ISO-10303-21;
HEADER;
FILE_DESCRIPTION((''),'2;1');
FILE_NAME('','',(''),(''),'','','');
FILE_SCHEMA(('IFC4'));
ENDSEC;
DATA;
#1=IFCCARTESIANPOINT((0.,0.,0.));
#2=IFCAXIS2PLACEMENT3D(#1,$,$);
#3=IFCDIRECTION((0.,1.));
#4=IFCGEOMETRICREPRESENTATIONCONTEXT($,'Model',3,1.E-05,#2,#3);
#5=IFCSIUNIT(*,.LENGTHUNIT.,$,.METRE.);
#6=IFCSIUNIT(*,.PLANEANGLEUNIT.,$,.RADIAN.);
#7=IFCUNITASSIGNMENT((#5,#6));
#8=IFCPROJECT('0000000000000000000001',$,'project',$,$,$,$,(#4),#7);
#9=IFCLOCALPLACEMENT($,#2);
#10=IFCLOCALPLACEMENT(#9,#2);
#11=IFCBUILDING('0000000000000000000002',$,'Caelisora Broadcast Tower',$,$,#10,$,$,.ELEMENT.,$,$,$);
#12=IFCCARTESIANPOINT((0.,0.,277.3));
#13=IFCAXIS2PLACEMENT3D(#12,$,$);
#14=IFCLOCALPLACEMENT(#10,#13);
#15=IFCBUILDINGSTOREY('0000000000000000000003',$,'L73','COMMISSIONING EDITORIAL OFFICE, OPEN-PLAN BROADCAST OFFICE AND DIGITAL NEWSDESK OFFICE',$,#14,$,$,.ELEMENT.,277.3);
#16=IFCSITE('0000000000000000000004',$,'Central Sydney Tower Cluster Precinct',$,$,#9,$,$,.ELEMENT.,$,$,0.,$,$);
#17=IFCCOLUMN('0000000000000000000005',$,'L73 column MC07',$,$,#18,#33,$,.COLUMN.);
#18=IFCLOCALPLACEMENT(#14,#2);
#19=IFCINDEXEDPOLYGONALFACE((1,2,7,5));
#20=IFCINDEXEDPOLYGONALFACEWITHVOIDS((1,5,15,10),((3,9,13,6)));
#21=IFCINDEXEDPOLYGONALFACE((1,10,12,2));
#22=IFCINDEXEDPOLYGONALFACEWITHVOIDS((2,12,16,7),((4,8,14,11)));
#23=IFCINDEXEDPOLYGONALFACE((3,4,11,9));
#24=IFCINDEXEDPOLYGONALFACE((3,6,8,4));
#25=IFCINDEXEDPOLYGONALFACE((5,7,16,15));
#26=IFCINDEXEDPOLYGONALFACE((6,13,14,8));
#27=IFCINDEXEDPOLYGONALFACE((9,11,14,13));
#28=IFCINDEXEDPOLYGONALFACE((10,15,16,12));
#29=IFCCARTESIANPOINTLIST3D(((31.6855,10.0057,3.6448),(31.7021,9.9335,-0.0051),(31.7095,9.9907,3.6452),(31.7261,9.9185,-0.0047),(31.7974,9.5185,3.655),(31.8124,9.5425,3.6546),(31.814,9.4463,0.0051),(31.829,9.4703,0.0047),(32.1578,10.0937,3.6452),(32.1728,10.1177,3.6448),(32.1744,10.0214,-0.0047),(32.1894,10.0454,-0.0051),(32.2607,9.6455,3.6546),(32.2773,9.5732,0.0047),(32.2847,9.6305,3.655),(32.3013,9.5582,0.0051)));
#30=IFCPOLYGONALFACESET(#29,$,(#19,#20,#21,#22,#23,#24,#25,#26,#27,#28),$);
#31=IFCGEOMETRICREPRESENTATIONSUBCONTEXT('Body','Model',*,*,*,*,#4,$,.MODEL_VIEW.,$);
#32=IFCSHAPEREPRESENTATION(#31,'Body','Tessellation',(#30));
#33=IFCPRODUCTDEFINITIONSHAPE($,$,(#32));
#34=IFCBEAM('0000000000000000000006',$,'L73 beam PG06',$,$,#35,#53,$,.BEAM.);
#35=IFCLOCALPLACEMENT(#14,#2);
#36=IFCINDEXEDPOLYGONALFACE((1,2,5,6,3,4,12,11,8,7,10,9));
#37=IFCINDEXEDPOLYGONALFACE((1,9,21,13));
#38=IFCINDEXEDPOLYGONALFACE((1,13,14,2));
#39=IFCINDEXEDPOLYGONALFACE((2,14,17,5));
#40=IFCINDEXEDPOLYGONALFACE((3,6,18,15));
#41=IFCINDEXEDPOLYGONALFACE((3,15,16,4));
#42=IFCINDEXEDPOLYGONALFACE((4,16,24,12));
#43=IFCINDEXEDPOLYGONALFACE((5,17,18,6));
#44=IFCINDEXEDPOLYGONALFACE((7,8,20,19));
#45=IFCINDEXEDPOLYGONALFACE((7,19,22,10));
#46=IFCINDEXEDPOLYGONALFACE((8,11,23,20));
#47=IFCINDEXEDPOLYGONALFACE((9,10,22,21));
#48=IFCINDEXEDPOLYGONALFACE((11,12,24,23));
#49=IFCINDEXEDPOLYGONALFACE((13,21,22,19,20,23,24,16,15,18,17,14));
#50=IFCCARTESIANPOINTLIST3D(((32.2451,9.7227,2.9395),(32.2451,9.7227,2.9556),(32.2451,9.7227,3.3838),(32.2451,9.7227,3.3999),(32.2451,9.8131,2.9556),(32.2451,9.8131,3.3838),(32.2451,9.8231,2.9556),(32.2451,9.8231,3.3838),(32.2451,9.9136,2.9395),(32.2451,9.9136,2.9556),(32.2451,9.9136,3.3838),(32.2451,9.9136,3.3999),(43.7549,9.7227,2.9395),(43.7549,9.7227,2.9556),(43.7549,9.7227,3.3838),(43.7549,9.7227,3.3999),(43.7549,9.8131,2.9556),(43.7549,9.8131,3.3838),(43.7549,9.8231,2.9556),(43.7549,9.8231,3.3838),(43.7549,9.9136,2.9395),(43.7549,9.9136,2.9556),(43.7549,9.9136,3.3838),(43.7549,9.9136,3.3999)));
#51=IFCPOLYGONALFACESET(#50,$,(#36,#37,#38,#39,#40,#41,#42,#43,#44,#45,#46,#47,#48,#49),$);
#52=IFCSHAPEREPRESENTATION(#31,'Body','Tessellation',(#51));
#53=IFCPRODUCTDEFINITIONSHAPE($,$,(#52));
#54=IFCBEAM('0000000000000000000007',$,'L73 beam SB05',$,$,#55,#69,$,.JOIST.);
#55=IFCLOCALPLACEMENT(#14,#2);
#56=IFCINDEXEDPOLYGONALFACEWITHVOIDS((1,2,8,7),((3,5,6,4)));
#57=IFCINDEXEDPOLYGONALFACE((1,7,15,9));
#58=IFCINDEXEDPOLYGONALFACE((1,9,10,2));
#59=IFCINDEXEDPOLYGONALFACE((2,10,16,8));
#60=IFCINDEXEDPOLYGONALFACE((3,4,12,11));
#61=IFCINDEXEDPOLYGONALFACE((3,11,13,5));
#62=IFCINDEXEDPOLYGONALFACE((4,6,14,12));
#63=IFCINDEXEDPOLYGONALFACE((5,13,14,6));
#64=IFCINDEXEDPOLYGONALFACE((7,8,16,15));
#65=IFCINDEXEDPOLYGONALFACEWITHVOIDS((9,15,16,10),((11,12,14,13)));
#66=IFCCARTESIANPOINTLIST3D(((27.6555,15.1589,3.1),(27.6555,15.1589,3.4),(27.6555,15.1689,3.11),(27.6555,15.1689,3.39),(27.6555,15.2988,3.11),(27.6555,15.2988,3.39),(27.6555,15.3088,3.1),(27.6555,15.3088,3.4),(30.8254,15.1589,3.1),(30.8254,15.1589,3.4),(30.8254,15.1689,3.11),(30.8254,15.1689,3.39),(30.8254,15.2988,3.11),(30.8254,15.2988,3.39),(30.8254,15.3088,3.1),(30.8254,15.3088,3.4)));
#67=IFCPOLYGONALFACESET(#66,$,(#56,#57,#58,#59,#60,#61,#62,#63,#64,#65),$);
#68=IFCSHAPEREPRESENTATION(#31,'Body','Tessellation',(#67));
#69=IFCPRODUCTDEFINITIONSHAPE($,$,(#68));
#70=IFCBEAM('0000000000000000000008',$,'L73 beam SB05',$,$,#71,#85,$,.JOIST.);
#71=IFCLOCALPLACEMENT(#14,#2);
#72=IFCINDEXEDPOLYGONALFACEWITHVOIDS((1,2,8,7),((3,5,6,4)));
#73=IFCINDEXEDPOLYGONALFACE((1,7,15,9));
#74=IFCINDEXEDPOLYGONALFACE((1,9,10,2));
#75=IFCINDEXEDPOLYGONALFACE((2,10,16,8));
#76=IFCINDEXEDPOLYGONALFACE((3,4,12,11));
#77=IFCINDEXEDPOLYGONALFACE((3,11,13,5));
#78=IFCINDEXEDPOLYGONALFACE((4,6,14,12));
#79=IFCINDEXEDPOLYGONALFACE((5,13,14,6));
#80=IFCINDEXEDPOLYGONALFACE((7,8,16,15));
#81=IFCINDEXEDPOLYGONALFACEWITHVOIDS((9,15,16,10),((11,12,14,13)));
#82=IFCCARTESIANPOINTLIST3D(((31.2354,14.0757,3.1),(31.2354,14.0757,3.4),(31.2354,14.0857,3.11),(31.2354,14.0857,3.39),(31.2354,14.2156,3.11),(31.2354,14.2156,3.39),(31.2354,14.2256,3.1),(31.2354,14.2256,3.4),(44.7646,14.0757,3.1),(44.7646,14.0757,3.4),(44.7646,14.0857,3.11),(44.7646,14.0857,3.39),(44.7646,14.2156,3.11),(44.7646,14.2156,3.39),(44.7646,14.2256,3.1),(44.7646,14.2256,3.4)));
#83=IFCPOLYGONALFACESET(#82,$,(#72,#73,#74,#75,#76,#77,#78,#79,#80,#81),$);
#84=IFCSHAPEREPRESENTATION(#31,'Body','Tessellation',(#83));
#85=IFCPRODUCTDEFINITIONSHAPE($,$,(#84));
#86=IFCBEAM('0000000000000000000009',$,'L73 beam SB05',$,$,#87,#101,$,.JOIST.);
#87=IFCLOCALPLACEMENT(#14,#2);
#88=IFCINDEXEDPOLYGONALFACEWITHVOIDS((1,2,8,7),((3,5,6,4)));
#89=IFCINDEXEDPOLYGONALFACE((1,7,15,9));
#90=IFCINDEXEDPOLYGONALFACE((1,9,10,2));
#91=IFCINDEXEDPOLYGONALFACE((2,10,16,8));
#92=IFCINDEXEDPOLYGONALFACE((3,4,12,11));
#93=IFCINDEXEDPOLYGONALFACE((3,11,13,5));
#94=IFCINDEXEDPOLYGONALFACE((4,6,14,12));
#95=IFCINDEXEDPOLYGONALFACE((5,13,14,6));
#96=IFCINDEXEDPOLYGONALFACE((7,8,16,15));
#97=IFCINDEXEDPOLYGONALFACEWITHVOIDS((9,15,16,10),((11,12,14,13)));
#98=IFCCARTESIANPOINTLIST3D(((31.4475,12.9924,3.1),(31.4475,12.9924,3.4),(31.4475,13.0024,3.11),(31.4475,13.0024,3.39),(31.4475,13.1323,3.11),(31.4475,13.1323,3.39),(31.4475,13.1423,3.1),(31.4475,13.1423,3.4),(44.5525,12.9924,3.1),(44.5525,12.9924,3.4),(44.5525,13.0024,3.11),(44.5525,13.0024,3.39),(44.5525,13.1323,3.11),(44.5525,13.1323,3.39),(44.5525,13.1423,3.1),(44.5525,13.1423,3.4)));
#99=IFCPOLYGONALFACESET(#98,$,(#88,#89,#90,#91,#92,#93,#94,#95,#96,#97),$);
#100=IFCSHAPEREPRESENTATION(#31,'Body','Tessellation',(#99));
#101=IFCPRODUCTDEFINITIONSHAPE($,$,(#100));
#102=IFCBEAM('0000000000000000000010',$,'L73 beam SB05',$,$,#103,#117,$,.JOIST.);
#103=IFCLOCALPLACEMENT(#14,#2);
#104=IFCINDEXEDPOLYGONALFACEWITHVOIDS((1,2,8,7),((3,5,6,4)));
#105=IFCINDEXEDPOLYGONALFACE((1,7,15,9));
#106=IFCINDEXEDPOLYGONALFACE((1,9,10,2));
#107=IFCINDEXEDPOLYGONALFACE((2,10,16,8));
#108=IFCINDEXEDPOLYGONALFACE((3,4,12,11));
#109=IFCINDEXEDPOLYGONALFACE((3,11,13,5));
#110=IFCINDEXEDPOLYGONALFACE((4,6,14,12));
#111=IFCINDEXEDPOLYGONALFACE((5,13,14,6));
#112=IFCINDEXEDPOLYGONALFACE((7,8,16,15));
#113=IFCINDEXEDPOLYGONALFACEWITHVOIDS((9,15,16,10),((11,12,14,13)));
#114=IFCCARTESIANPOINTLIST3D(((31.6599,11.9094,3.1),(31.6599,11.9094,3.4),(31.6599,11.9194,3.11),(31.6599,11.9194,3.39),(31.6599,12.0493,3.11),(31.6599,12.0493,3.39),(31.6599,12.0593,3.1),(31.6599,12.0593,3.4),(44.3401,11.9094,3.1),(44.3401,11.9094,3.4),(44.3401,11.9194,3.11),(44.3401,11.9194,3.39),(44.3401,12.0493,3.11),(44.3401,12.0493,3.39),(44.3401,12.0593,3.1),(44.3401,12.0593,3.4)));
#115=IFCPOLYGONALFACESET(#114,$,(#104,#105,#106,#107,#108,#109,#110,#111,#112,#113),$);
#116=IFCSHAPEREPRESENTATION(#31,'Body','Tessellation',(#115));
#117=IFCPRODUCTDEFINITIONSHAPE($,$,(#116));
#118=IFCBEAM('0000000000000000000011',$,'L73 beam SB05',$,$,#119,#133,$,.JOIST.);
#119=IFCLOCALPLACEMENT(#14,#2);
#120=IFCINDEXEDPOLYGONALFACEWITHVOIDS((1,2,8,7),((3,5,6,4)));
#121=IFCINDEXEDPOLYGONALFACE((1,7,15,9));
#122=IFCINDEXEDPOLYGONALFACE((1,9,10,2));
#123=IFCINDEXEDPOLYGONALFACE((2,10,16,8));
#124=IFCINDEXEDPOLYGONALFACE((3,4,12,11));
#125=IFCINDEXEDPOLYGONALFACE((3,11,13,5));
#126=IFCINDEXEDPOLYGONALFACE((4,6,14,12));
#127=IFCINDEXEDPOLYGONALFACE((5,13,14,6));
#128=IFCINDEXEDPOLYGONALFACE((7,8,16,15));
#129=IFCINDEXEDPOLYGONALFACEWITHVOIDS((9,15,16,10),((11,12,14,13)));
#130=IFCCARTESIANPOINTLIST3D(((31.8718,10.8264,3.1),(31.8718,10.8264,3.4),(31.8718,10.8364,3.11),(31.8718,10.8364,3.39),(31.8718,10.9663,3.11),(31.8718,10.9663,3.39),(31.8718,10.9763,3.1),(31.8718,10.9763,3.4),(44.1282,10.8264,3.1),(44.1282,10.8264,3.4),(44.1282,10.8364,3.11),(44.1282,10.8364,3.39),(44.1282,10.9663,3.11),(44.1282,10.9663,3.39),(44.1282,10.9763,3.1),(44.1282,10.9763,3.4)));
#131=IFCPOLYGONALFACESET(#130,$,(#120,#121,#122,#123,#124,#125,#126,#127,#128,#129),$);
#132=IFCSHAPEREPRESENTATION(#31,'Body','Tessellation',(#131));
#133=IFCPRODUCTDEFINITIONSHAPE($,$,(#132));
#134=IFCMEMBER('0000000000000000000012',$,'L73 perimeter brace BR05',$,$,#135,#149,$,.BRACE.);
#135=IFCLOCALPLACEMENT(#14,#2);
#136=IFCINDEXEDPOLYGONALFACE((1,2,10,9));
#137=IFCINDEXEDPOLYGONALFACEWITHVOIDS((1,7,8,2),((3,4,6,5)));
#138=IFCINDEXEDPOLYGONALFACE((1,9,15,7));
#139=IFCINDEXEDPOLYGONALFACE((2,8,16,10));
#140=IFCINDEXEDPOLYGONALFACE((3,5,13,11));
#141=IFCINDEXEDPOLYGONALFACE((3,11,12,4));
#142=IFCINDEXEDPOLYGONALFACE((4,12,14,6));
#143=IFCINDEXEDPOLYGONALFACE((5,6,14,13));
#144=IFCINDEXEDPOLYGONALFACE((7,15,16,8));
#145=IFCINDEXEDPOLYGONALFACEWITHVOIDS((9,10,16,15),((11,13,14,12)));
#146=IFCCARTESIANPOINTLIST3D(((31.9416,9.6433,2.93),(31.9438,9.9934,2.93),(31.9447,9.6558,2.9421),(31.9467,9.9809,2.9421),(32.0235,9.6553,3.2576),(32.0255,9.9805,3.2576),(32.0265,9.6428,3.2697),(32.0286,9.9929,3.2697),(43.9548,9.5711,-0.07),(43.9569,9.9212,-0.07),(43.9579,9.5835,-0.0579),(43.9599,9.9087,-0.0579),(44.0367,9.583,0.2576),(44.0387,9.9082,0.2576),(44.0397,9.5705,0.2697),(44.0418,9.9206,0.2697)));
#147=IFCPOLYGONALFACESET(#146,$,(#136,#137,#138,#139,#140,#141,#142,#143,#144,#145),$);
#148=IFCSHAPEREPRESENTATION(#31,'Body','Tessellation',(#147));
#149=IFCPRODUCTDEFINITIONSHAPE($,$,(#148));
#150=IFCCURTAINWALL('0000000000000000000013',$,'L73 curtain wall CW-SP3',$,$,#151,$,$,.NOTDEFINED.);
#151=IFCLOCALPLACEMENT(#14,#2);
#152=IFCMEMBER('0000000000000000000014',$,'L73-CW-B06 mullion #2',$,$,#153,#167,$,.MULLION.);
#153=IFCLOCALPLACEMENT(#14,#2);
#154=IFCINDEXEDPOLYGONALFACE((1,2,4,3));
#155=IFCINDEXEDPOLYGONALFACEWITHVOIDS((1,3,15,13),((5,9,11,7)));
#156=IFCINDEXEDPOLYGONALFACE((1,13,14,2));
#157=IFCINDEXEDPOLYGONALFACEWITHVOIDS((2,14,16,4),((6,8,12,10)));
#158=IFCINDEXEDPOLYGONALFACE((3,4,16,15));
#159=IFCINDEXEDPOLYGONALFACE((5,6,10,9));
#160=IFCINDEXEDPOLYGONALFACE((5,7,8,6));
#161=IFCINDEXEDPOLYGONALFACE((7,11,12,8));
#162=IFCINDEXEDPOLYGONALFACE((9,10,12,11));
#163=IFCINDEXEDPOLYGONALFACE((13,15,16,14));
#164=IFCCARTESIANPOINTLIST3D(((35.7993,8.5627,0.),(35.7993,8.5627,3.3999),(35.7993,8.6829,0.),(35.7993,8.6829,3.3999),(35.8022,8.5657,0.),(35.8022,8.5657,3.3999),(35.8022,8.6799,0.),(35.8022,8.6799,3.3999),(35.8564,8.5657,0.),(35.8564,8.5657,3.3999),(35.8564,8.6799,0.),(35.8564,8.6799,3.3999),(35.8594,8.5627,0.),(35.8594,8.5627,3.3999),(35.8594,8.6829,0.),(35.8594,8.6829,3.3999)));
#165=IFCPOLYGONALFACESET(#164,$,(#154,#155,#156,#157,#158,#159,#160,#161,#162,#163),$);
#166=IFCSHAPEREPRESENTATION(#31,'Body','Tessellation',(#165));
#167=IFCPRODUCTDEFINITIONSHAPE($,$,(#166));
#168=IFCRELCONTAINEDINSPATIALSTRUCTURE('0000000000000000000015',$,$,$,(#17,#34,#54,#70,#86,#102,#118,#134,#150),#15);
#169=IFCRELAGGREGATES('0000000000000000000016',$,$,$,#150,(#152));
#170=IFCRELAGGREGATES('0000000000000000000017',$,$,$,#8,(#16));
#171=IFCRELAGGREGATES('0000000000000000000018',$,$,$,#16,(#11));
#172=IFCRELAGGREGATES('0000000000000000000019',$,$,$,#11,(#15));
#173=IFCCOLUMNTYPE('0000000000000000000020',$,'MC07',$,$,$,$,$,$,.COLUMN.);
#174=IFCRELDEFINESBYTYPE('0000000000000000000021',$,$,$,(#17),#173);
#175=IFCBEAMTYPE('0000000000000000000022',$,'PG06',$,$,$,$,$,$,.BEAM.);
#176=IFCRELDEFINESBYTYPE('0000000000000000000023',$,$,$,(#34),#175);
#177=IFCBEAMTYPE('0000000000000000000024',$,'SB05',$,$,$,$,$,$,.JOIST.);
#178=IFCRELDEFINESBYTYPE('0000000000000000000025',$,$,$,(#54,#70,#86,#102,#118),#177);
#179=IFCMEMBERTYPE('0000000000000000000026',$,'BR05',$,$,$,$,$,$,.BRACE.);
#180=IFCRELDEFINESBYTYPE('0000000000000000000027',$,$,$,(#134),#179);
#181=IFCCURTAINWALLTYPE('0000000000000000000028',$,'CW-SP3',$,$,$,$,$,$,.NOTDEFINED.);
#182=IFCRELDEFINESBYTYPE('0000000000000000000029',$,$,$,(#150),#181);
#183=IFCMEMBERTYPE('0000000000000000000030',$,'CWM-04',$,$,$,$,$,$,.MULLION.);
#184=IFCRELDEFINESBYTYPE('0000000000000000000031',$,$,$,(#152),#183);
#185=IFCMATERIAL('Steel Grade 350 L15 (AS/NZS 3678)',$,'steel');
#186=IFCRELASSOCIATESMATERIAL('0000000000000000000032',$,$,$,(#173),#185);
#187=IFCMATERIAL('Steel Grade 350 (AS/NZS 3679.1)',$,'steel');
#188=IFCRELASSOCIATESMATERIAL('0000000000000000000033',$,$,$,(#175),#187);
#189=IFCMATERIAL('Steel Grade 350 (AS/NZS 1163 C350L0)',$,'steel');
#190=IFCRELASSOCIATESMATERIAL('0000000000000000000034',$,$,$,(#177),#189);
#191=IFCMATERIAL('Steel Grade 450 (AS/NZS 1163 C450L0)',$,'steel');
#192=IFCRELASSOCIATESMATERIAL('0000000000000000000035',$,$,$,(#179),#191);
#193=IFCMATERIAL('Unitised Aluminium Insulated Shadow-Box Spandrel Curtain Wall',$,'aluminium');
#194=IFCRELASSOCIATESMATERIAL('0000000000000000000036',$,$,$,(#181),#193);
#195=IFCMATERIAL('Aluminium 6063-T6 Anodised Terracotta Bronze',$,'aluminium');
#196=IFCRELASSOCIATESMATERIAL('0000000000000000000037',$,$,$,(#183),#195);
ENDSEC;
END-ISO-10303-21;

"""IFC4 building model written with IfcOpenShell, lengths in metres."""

from ifc_helpers import new_model, si_unit, direction, frame, origin, origin_2d, place, context, subcontext, project, spatial, hollow_rectangle, i_section, extrude, source, transform, mapped, material, material_profile, profile_set, type_object, type_shapes, element, aggregate, save


model = new_model("IFC4")

# Units and contexts
model_context = context("Model", 3, precision=1e-05, world=origin(), true_north=direction((0.0, 1.0)))
body_context = subcontext(model_context, "Body", "Model", "MODEL_VIEW")
ifc_project = project(units=[si_unit("LENGTHUNIT", "METRE"), si_unit("PLANEANGLEUNIT", "RADIAN")], contexts=[model_context])

# Site, building, storey
site_placement = place(None, origin())
site = spatial("IfcSite", under=ifc_project, at=site_placement, Name="Central Sydney Tower Cluster Precinct", CompositionType="ELEMENT", RefElevation=0.0)
building_placement = place(site_placement, origin())
building = spatial("IfcBuilding", under=site, at=building_placement, Name="Caelisora Broadcast Tower", CompositionType="ELEMENT")
storey_placement = place(building_placement, frame((0.0, 0.0, 277.3)))
storey = spatial("IfcBuildingStorey", under=building, at=storey_placement, Name="L73", Description="COMMISSIONING EDITORIAL OFFICE, OPEN-PLAN BROADCAST OFFICE AND DIGITAL NEWSDESK OFFICE", CompositionType="ELEMENT", Elevation=277.3)

# Column
ifc_material_1 = material(Name="Steel Grade 350 L15 (AS/NZS 3678)", Category="steel")
ifc_material_profile_1 = material_profile(ifc_material_1, hollow_rectangle(XDim=0.5, YDim=0.5, WallThickness=0.02, at=origin_2d()), Name="Steel Grade 350 L15 (AS/NZS 3678)")
ifc_profile_set_1 = profile_set([ifc_material_profile_1], Name="Steel Grade 350 L15 (AS/NZS 3678)")
column_type = type_object("IfcColumnType", Name="MC07", PredefinedType="COLUMN", material=ifc_profile_set_1)
shared_shape_1 = source(origin(), body_context, "Body", "SweptSolid", [
    extrude(hollow_rectangle(XDim=0.5, YDim=0.5, WallThickness=0.02, at=origin_2d()), origin(), (0.0, 0.0, 1.0), 3.6506),
])
type_shapes(column_type, [shared_shape_1])
column_placement = place(storey_placement, frame((32.0017, 9.7458, 0.0), z_axis=(-0.004548, 0.019795, 0.999794), x_axis=(-0.974613, -0.223898, 0.0)))
element("IfcColumn", 1, at=column_placement, inside=storey, type_object=column_type, Name="L73 column MC07", PredefinedType="COLUMN", context=body_context, shape_type="MappedRepresentation", body=[
    mapped(shared_shape_1, transform((0.0, 0.0, 0.0), scale=1.0)),
])

# Beams
ifc_material_2 = material(Name="Steel Grade 350 (AS/NZS 3679.1)", Category="steel")
ifc_material_profile_2 = material_profile(ifc_material_2, i_section(OverallWidth=0.1909, OverallDepth=0.4604, WebThickness=0.01, FlangeThickness=0.0161, at=origin_2d()), Name="Steel Grade 350 (AS/NZS 3679.1)")
ifc_profile_set_2 = profile_set([ifc_material_profile_2], Name="Steel Grade 350 (AS/NZS 3679.1)")
beam_type_1 = type_object("IfcBeamType", Name="PG06", PredefinedType="BEAM", material=ifc_profile_set_2)
shared_shape_2 = source(origin(), body_context, "Body", "SweptSolid", [
    extrude(i_section(OverallWidth=0.1909, OverallDepth=0.4604, WebThickness=0.01, FlangeThickness=0.0161, at=origin_2d()), origin(), (0.0, 0.0, 1.0), 11.5098),
])
type_shapes(beam_type_1, [shared_shape_2])
beam_1_placement = place(storey_placement, frame((32.2451, 9.8181, 3.1697), z_axis=(1.0, 0.0, 0.0), x_axis=(0.0, 1.0, 0.0)))
element("IfcBeam", 2, at=beam_1_placement, inside=storey, type_object=beam_type_1, Name="L73 beam PG06", PredefinedType="BEAM", context=body_context, shape_type="MappedRepresentation", body=[
    mapped(shared_shape_2, transform((0.0, 0.0, 0.0), scale=1.0)),
])
ifc_material_3 = material(Name="Steel Grade 350 (AS/NZS 1163 C350L0)", Category="steel")
ifc_material_profile_3 = material_profile(ifc_material_3, hollow_rectangle(XDim=0.1499, YDim=0.3, WallThickness=0.01, at=origin_2d()), Name="Steel Grade 350 (AS/NZS 1163 C350L0)")
ifc_profile_set_3 = profile_set([ifc_material_profile_3], Name="Steel Grade 350 (AS/NZS 1163 C350L0)")
beam_type_2 = type_object("IfcBeamType", Name="SB05", PredefinedType="JOIST", material=ifc_profile_set_3)
shared_shape_3 = source(origin(), body_context, "Body", "SweptSolid", [
    extrude(hollow_rectangle(XDim=0.1499, YDim=0.3, WallThickness=0.01, at=origin_2d()), origin(), (0.0, 0.0, 1.0), 3.1699),
])
beam_2_placement = place(storey_placement, frame((27.6555, 15.2339, 3.25), z_axis=(1.0, 0.0, 0.0), x_axis=(0.0, 1.0, 0.0)))
element("IfcBeam", 3, at=beam_2_placement, inside=storey, type_object=beam_type_2, Name="L73 beam SB05", PredefinedType="JOIST", context=body_context, shape_type="MappedRepresentation", body=[
    mapped(shared_shape_3, transform((0.0, 0.0, 0.0), scale=1.0)),
])
shared_shape_4 = source(origin(), body_context, "Body", "SweptSolid", [
    extrude(hollow_rectangle(XDim=0.1499, YDim=0.3, WallThickness=0.01, at=origin_2d()), origin(), (0.0, 0.0, 1.0), 13.5293),
])
beam_3_placement = place(storey_placement, frame((31.2354, 14.1506, 3.25), z_axis=(1.0, 0.0, 0.0), x_axis=(0.0, 1.0, 0.0)))
element("IfcBeam", 4, at=beam_3_placement, inside=storey, type_object=beam_type_2, Name="L73 beam SB05", PredefinedType="JOIST", context=body_context, shape_type="MappedRepresentation", body=[
    mapped(shared_shape_4, transform((0.0, 0.0, 0.0), scale=1.0)),
])
shared_shape_5 = source(origin(), body_context, "Body", "SweptSolid", [
    extrude(hollow_rectangle(XDim=0.1499, YDim=0.3, WallThickness=0.01, at=origin_2d()), origin(), (0.0, 0.0, 1.0), 13.105),
])
beam_4_placement = place(storey_placement, frame((31.4475, 13.0674, 3.25), z_axis=(1.0, 0.0, 0.0), x_axis=(0.0, 1.0, 0.0)))
element("IfcBeam", 5, at=beam_4_placement, inside=storey, type_object=beam_type_2, Name="L73 beam SB05", PredefinedType="JOIST", context=body_context, shape_type="MappedRepresentation", body=[
    mapped(shared_shape_5, transform((0.0, 0.0, 0.0), scale=1.0)),
])
shared_shape_6 = source(origin(), body_context, "Body", "SweptSolid", [
    extrude(hollow_rectangle(XDim=0.1499, YDim=0.3, WallThickness=0.01, at=origin_2d()), origin(), (0.0, 0.0, 1.0), 12.6802),
])
beam_5_placement = place(storey_placement, frame((31.6599, 11.9844, 3.25), z_axis=(1.0, 0.0, 0.0), x_axis=(0.0, 1.0, 0.0)))
element("IfcBeam", 6, at=beam_5_placement, inside=storey, type_object=beam_type_2, Name="L73 beam SB05", PredefinedType="JOIST", context=body_context, shape_type="MappedRepresentation", body=[
    mapped(shared_shape_6, transform((0.0, 0.0, 0.0), scale=1.0)),
])
shared_shape_7 = source(origin(), body_context, "Body", "SweptSolid", [
    extrude(hollow_rectangle(XDim=0.1499, YDim=0.3, WallThickness=0.01, at=origin_2d()), origin(), (0.0, 0.0, 1.0), 12.2563),
])
type_shapes(beam_type_2, [shared_shape_3, shared_shape_4, shared_shape_5, shared_shape_6, shared_shape_7])
beam_6_placement = place(storey_placement, frame((31.8718, 10.9014, 3.25), z_axis=(1.0, 0.0, 0.0), x_axis=(0.0, 1.0, 0.0)))
element("IfcBeam", 7, at=beam_6_placement, inside=storey, type_object=beam_type_2, Name="L73 beam SB05", PredefinedType="JOIST", context=body_context, shape_type="MappedRepresentation", body=[
    mapped(shared_shape_7, transform((0.0, 0.0, 0.0), scale=1.0)),
])

# Member
ifc_material_4 = material(Name="Steel Grade 450 (AS/NZS 1163 C450L0)", Category="steel")
ifc_material_profile_4 = material_profile(ifc_material_4, hollow_rectangle(XDim=0.3501, YDim=0.3501, WallThickness=0.0125, at=origin_2d()), Name="Steel Grade 450 (AS/NZS 1163 C450L0)")
ifc_profile_set_4 = profile_set([ifc_material_profile_4], Name="Steel Grade 450 (AS/NZS 1163 C450L0)")
member_type_1 = type_object("IfcMemberType", Name="BR05", PredefinedType="BRACE", material=ifc_profile_set_4)
shared_shape_8 = source(origin(), body_context, "Body", "SweptSolid", [
    extrude(hollow_rectangle(XDim=0.3501, YDim=0.3501, WallThickness=0.0125, at=origin_2d()), origin(), (0.0, 0.0, 1.0), 12.3823),
])
type_shapes(member_type_1, [shared_shape_8])
member_1_placement = place(storey_placement, frame((31.9851, 9.8181, 3.0999), z_axis=(0.970189, -0.005836, -0.242281), x_axis=(0.006015, 0.999982, 0.0)))
element("IfcMember", 8, at=member_1_placement, inside=storey, type_object=member_type_1, Name="L73 perimeter brace BR05", PredefinedType="BRACE", context=body_context, shape_type="MappedRepresentation", body=[
    mapped(shared_shape_8, transform((0.0, 0.0, 0.0), scale=1.0)),
])

# Curtain wall, member
ifc_material_5 = material(Name="Unitised Aluminium Insulated Shadow-Box Spandrel Curtain Wall", Category="aluminium")
curtain_wall_type_1 = type_object("IfcCurtainWallType", Name="CW-SP3", PredefinedType="NOTDEFINED", material=ifc_material_5)
curtain_wall_1_placement = place(storey_placement, origin())
curtain_wall_1 = element("IfcCurtainWall", 9, at=curtain_wall_1_placement, inside=storey, type_object=curtain_wall_type_1, Name="L73 curtain wall CW-SP3", PredefinedType="NOTDEFINED")
ifc_material_6 = material(Name="Aluminium 6063-T6 Anodised Terracotta Bronze", Category="aluminium")
ifc_material_profile_5 = material_profile(ifc_material_6, hollow_rectangle(XDim=0.0601, YDim=0.1201, WallThickness=0.0029, at=origin_2d()), Name="Aluminium 6063-T6 Anodised Terracotta Bronze")
ifc_profile_set_5 = profile_set([ifc_material_profile_5], Name="Aluminium 6063-T6 Anodised Terracotta Bronze")
member_type_2 = type_object("IfcMemberType", Name="CWM-04", PredefinedType="MULLION", material=ifc_profile_set_5)
shared_shape_9 = source(origin(), body_context, "Body", "SweptSolid", [
    extrude(hollow_rectangle(XDim=0.0601, YDim=0.1201, WallThickness=0.0029, at=origin_2d()), origin(), (0.0, 0.0, 1.0), 3.3999),
])
type_shapes(member_type_2, [shared_shape_9])
member_2_placement = place(storey_placement, frame((35.8293, 8.6228, 0.0), z_axis=(0.0, 0.0, 1.0), x_axis=(1.0, 0.0, 0.0)))
member_2 = element("IfcMember", 10, at=member_2_placement, type_object=member_type_2, Name="L73-CW-B06 mullion #2", PredefinedType="MULLION", context=body_context, shape_type="MappedRepresentation", body=[
    mapped(shared_shape_9, transform((0.0, 0.0, 0.0), scale=1.0)),
])

aggregate(curtain_wall_1, [member_2])

save(model, "model.ifc")
